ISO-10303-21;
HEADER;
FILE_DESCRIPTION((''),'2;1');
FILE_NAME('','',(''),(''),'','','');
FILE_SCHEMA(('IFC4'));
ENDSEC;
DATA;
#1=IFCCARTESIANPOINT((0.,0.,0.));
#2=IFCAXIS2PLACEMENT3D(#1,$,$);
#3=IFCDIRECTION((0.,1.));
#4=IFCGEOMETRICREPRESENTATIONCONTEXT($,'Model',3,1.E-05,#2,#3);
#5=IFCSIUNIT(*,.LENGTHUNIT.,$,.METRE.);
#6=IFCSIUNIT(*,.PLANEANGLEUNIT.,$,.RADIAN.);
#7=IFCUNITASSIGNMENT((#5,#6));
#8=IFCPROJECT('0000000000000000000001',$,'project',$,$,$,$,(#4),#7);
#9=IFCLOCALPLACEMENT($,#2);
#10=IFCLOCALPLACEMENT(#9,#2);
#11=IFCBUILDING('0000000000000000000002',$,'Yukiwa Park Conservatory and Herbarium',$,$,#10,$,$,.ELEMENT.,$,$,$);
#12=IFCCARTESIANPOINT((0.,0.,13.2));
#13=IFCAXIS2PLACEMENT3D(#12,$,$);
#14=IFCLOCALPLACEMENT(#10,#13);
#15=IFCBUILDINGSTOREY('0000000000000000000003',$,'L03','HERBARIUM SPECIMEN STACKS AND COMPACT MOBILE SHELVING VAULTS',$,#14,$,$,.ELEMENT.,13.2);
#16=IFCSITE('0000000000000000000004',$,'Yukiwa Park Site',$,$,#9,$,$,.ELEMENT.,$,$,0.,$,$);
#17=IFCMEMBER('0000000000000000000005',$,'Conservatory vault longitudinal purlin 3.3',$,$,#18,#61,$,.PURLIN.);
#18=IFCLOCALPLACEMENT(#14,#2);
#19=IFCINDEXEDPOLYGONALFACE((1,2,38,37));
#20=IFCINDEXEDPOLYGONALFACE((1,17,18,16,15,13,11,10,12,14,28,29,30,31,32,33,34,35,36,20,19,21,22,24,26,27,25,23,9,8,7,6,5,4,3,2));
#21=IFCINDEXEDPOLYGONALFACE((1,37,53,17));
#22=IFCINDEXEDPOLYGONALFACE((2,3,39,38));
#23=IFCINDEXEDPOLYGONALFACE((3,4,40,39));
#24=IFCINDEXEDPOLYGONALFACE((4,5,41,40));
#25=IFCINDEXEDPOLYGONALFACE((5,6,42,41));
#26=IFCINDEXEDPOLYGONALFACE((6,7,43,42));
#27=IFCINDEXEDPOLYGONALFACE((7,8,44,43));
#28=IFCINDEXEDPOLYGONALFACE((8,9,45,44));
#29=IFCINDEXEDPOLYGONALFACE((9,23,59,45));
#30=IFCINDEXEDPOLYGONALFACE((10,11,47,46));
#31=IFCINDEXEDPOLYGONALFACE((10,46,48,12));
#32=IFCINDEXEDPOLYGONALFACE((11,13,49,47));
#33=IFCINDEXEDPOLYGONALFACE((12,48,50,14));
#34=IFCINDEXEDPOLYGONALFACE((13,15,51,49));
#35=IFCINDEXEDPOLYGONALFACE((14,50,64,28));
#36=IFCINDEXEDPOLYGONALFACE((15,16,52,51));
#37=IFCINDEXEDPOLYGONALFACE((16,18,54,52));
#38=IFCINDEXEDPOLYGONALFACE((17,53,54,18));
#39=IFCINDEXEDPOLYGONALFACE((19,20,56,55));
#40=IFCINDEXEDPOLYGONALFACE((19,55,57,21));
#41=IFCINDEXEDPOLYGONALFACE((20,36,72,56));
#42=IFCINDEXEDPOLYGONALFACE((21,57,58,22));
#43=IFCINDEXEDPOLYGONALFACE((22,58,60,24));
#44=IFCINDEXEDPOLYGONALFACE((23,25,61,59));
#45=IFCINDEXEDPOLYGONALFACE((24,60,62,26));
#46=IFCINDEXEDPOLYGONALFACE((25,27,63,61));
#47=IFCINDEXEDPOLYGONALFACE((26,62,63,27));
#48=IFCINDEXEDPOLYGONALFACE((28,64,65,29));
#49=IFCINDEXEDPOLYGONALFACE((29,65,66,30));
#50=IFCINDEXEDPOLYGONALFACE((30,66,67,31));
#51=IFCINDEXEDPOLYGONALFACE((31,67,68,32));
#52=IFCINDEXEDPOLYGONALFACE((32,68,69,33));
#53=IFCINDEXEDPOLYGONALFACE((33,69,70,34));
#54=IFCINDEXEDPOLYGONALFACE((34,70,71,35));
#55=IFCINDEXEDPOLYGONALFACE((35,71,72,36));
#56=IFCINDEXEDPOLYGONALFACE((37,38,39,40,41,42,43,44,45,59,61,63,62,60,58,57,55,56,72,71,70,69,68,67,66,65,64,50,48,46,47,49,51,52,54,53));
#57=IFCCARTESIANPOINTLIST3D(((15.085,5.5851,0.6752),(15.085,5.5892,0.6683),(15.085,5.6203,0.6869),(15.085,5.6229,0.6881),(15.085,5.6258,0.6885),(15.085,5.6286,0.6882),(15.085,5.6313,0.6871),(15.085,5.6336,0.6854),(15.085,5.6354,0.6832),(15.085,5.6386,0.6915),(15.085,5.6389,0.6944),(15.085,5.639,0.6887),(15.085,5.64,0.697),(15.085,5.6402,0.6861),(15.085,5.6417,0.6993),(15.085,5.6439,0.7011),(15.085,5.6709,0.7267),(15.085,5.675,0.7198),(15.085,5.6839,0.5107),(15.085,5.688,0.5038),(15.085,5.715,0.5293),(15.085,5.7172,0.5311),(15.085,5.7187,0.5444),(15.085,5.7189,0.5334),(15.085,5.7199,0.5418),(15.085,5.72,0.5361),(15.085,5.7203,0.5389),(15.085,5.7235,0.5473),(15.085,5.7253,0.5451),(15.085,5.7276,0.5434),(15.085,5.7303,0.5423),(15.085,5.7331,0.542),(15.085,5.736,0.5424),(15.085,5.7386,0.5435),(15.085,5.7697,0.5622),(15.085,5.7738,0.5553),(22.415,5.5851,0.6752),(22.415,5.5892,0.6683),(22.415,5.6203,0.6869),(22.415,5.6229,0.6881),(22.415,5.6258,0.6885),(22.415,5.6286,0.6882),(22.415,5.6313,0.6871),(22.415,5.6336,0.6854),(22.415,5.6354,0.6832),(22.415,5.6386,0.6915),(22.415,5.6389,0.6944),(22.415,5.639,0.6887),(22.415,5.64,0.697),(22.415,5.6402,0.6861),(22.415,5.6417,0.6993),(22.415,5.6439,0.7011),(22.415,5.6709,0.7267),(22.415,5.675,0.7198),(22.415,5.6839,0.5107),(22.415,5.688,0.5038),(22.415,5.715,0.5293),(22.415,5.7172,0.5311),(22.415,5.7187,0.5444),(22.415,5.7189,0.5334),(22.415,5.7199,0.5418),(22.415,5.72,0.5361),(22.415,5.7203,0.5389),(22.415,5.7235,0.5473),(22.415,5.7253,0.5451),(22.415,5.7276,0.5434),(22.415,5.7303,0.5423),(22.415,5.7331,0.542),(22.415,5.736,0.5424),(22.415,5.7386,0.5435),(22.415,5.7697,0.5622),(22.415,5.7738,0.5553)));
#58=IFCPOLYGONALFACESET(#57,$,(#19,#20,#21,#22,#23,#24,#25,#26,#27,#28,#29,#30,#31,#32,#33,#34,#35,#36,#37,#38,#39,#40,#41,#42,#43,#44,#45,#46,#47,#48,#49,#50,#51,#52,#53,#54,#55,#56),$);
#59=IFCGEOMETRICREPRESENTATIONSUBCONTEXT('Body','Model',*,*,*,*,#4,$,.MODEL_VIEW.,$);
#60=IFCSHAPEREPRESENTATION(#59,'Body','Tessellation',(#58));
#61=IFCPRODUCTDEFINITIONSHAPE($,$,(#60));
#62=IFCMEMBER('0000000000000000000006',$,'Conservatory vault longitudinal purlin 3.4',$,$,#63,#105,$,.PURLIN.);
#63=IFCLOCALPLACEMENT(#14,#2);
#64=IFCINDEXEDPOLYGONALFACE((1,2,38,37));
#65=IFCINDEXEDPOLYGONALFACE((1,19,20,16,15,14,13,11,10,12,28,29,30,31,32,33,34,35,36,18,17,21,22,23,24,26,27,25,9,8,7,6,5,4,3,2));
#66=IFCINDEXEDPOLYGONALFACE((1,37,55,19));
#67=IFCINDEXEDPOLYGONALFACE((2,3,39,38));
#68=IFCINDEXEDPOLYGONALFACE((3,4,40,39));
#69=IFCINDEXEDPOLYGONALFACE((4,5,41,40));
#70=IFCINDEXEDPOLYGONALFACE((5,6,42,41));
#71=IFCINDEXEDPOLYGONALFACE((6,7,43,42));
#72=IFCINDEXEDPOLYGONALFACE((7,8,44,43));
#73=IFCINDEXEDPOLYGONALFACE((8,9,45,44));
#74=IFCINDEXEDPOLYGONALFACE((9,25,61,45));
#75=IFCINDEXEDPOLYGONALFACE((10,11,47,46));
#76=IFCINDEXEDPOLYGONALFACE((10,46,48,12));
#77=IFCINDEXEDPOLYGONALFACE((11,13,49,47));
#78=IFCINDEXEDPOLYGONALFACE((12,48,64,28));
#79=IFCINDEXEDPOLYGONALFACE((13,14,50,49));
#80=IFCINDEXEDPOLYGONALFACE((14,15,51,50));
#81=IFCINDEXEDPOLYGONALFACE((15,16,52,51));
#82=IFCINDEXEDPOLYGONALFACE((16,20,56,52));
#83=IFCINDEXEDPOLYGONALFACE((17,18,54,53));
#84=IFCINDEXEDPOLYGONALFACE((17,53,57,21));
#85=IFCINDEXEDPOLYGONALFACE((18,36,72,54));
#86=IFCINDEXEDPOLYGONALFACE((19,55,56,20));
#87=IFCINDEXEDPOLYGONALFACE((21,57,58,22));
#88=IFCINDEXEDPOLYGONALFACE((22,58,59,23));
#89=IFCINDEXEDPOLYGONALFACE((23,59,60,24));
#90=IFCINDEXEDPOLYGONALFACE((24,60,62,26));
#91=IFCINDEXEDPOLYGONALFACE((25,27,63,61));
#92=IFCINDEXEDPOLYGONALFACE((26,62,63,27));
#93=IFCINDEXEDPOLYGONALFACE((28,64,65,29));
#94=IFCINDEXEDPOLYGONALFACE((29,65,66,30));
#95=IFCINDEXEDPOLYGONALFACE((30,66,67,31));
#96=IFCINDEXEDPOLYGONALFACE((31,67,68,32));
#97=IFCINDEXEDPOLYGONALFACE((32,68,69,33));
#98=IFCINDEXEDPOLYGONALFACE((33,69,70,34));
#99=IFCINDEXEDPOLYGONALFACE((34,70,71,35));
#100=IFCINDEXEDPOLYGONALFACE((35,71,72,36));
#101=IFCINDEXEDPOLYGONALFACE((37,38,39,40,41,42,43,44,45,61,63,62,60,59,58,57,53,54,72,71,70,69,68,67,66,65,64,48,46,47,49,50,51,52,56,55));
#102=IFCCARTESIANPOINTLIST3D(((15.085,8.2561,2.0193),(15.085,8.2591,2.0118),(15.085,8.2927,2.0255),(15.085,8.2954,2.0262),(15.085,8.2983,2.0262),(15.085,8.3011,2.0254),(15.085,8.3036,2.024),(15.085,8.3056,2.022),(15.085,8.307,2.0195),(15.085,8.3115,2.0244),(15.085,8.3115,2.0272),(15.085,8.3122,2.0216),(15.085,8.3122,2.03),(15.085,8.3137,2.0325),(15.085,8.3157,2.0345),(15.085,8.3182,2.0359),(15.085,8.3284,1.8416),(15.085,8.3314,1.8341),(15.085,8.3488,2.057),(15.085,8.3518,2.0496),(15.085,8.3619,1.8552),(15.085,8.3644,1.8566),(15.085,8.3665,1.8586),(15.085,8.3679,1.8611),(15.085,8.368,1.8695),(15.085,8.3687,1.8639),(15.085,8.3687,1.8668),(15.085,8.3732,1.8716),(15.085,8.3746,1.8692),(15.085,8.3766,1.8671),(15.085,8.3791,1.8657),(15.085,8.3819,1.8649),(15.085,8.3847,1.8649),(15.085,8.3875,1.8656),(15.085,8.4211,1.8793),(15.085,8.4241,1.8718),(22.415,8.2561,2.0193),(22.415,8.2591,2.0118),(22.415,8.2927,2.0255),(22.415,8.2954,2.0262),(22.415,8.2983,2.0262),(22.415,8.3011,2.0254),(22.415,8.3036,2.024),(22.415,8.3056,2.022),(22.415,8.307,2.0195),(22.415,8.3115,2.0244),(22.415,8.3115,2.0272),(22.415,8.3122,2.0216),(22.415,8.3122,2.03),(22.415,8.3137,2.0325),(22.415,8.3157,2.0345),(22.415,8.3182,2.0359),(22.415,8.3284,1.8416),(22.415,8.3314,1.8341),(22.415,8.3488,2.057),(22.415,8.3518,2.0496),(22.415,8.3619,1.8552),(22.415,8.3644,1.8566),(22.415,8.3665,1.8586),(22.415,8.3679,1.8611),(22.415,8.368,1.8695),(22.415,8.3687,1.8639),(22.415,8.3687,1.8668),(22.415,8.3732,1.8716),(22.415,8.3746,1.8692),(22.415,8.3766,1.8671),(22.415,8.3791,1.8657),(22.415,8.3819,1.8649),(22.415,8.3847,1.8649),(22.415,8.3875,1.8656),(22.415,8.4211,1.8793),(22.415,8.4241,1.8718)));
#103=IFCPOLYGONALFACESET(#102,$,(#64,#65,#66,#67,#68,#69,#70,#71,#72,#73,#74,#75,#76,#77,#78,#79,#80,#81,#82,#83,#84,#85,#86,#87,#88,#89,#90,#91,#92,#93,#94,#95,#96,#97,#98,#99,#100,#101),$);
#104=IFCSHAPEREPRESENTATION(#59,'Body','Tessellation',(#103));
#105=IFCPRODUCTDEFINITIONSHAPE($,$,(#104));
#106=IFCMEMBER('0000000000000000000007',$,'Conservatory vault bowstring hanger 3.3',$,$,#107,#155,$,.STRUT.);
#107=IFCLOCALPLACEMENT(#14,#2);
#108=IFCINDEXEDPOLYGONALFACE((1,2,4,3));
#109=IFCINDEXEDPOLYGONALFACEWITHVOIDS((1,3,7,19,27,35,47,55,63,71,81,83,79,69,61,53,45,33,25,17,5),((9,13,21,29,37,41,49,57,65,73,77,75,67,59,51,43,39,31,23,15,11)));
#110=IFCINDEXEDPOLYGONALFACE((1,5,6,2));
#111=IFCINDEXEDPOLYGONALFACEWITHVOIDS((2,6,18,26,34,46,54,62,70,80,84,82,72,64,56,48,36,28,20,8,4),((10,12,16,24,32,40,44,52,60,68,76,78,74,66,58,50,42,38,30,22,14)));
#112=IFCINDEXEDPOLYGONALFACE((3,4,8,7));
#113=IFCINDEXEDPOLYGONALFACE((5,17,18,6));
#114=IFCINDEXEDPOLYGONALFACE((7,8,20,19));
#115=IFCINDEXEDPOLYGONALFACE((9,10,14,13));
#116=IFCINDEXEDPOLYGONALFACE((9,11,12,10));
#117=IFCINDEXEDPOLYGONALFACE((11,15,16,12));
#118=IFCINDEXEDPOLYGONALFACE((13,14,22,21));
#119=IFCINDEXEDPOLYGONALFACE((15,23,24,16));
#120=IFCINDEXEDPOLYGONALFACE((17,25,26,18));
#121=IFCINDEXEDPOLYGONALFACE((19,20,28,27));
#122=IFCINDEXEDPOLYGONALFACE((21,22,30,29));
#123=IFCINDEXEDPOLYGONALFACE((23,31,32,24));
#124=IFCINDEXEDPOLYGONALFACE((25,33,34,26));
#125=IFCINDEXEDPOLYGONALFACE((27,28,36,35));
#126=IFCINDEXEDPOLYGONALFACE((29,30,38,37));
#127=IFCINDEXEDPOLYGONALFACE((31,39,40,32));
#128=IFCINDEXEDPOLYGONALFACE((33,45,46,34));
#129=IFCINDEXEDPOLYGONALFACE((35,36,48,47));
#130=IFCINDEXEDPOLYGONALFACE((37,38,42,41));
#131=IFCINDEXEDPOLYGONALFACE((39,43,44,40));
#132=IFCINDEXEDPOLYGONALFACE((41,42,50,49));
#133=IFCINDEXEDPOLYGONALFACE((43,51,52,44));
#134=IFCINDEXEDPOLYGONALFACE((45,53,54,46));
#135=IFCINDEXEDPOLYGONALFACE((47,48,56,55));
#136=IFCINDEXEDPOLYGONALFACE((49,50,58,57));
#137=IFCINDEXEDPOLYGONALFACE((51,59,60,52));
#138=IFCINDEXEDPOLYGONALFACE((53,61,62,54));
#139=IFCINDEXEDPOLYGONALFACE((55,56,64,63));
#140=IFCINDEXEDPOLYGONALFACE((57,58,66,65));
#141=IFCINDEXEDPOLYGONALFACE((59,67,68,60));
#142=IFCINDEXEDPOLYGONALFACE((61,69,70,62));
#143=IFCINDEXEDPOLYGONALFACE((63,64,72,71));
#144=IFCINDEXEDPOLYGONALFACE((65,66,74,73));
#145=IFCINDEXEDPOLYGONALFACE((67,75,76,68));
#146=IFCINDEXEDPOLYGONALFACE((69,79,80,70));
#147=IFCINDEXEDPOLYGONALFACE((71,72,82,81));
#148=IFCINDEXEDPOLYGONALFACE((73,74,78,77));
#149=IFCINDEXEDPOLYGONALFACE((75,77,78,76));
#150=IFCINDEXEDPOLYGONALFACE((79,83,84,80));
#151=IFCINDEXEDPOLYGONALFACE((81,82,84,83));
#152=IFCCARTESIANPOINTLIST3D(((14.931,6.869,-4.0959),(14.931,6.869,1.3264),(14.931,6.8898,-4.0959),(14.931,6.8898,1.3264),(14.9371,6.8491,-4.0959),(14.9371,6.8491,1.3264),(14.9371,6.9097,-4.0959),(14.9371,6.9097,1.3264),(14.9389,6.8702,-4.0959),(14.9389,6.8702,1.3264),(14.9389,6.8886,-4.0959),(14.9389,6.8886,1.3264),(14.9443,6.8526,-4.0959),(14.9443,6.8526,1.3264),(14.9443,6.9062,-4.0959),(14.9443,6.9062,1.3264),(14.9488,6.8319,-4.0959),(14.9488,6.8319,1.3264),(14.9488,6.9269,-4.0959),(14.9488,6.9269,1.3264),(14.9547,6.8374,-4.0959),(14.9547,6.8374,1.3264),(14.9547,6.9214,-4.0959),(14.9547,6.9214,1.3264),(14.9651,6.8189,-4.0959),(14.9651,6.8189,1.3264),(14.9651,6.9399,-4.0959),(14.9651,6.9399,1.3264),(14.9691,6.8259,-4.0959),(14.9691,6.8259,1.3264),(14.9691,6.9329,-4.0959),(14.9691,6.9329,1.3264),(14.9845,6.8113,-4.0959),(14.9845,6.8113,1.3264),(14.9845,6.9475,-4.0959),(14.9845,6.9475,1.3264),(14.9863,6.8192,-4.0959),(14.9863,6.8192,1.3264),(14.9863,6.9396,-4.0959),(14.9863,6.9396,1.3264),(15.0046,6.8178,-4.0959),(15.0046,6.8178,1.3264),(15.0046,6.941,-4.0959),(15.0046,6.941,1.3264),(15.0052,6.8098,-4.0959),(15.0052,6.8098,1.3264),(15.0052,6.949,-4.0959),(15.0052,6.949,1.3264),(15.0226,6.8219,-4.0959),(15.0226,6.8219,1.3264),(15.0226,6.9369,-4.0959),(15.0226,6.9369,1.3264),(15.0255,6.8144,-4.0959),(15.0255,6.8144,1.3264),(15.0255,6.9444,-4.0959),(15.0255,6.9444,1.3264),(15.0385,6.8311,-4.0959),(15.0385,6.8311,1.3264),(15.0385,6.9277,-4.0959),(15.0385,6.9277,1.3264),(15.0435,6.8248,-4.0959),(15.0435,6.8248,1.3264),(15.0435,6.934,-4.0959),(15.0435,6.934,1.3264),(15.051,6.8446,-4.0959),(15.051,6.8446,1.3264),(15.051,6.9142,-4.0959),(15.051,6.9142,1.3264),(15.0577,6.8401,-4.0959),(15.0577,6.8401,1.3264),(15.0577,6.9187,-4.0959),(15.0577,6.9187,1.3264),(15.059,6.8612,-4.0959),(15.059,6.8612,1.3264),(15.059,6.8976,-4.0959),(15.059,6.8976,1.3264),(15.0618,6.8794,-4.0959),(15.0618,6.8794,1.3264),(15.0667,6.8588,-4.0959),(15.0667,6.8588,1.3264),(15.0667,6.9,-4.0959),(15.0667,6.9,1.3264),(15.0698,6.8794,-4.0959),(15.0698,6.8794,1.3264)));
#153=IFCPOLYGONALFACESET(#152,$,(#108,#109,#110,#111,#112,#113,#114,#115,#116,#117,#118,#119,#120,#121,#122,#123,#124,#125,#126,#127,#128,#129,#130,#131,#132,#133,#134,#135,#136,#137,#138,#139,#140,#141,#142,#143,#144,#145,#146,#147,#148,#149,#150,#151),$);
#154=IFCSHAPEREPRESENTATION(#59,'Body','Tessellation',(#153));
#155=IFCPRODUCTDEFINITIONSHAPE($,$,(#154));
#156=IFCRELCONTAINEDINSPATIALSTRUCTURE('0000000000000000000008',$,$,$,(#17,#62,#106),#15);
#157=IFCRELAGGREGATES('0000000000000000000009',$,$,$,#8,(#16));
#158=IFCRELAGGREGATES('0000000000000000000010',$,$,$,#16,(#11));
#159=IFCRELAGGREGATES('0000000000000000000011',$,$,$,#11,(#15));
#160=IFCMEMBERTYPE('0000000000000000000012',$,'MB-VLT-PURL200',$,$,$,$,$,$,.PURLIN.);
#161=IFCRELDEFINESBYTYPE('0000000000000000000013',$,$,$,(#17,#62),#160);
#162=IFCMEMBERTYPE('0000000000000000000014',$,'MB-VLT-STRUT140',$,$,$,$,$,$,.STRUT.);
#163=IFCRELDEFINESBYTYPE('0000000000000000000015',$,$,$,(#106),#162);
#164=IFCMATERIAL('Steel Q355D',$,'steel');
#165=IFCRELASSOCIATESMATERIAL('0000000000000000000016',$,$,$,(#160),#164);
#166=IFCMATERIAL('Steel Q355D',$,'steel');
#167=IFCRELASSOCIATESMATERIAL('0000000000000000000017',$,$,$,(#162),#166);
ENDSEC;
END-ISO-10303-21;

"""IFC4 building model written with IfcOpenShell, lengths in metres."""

from ifc_helpers import new_model, si_unit, direction, frame, origin, origin_2d, place, context, subcontext, project, spatial, hollow_circle, i_section, extrude, material, material_profile, profile_set, type_object, element, save


model = new_model("IFC4")

# Units and contexts
model_context = context("Model", 3, precision=1e-05, world=origin(), true_north=direction((0.0, 1.0)))
body_context = subcontext(model_context, "Body", "Model", "MODEL_VIEW")
ifc_project = project(units=[si_unit("LENGTHUNIT", "METRE"), si_unit("PLANEANGLEUNIT", "RADIAN")], contexts=[model_context])

# Site, building, storey
site_placement = place(None, origin())
site = spatial("IfcSite", under=ifc_project, at=site_placement, Name="Yukiwa Park Site", CompositionType="ELEMENT", RefElevation=0.0)
building_placement = place(site_placement, origin())
building = spatial("IfcBuilding", under=site, at=building_placement, Name="Yukiwa Park Conservatory and Herbarium", CompositionType="ELEMENT")
storey_placement = place(building_placement, frame((0.0, 0.0, 13.2)))
storey = spatial("IfcBuildingStorey", under=building, at=storey_placement, Name="L03", Description="HERBARIUM SPECIMEN STACKS AND COMPACT MOBILE SHELVING VAULTS", CompositionType="ELEMENT", Elevation=13.2)

# Members
ifc_material_1 = material(Name="Steel Q355D", Category="steel")
ifc_material_profile_1 = material_profile(ifc_material_1, i_section(OverallWidth=0.1001, OverallDepth=0.2, WebThickness=0.0056, FlangeThickness=0.0081, FilletRadius=0.011, at=origin_2d()), Name="HN 200x100x5.5x8")
ifc_profile_set_1 = profile_set([ifc_material_profile_1], Name="Steel Q355D")
member_type_1 = type_object("IfcMemberType", Name="MB-VLT-PURL200", PredefinedType="PURLIN", material=ifc_profile_set_1)
for number, where, z_axis, x_axis, name in (
    (1, (15.085, 5.6794, 0.6152), (1.0, 0.0, 0.0), (0.0, 0.857234, 0.514927), "Conservatory vault longitudinal purlin 3.3"),
    (2, (15.085, 8.3401, 1.9456), (1.0, 0.0, 0.0), (0.0, 0.926282, 0.376831), "Conservatory vault longitudinal purlin 3.4"),
):
    element("IfcMember", number, at=place(storey_placement, frame(where, z_axis=z_axis, x_axis=x_axis)), inside=storey, type_object=member_type_1, Name=name, PredefinedType="PURLIN", context=body_context, shape_type="SweptSolid", body=[
        extrude(i_section(OverallWidth=0.1001, OverallDepth=0.2, WebThickness=0.0056, FlangeThickness=0.0081, FilletRadius=0.011, at=origin_2d()), origin(), (0.0, 0.0, 1.0), 7.3301),
    ])
ifc_material_2 = material(Name="Steel Q355D", Category="steel")
ifc_material_profile_2 = material_profile(ifc_material_2, hollow_circle(Radius=0.0698, WallThickness=0.0081, at=origin_2d()), Name="CHS 139.7x8")
ifc_profile_set_2 = profile_set([ifc_material_profile_2], Name="Steel Q355D")
member_type_2 = type_object("IfcMemberType", Name="MB-VLT-STRUT140", PredefinedType="STRUT", material=ifc_profile_set_2)
member_1_placement = place(storey_placement, frame((15.0, 6.8794, -4.0959), z_axis=(0.0, 0.0, 1.0), x_axis=(1.0, 0.0, 0.0)))
element("IfcMember", 3, at=member_1_placement, inside=storey, type_object=member_type_2, Name="Conservatory vault bowstring hanger 3.3", PredefinedType="STRUT", context=body_context, shape_type="SweptSolid", body=[
    extrude(hollow_circle(Radius=0.0698, WallThickness=0.0081, at=origin_2d()), origin(), (0.0, 0.0, 1.0), 5.4224),
])

save(model, "model.ifc")
